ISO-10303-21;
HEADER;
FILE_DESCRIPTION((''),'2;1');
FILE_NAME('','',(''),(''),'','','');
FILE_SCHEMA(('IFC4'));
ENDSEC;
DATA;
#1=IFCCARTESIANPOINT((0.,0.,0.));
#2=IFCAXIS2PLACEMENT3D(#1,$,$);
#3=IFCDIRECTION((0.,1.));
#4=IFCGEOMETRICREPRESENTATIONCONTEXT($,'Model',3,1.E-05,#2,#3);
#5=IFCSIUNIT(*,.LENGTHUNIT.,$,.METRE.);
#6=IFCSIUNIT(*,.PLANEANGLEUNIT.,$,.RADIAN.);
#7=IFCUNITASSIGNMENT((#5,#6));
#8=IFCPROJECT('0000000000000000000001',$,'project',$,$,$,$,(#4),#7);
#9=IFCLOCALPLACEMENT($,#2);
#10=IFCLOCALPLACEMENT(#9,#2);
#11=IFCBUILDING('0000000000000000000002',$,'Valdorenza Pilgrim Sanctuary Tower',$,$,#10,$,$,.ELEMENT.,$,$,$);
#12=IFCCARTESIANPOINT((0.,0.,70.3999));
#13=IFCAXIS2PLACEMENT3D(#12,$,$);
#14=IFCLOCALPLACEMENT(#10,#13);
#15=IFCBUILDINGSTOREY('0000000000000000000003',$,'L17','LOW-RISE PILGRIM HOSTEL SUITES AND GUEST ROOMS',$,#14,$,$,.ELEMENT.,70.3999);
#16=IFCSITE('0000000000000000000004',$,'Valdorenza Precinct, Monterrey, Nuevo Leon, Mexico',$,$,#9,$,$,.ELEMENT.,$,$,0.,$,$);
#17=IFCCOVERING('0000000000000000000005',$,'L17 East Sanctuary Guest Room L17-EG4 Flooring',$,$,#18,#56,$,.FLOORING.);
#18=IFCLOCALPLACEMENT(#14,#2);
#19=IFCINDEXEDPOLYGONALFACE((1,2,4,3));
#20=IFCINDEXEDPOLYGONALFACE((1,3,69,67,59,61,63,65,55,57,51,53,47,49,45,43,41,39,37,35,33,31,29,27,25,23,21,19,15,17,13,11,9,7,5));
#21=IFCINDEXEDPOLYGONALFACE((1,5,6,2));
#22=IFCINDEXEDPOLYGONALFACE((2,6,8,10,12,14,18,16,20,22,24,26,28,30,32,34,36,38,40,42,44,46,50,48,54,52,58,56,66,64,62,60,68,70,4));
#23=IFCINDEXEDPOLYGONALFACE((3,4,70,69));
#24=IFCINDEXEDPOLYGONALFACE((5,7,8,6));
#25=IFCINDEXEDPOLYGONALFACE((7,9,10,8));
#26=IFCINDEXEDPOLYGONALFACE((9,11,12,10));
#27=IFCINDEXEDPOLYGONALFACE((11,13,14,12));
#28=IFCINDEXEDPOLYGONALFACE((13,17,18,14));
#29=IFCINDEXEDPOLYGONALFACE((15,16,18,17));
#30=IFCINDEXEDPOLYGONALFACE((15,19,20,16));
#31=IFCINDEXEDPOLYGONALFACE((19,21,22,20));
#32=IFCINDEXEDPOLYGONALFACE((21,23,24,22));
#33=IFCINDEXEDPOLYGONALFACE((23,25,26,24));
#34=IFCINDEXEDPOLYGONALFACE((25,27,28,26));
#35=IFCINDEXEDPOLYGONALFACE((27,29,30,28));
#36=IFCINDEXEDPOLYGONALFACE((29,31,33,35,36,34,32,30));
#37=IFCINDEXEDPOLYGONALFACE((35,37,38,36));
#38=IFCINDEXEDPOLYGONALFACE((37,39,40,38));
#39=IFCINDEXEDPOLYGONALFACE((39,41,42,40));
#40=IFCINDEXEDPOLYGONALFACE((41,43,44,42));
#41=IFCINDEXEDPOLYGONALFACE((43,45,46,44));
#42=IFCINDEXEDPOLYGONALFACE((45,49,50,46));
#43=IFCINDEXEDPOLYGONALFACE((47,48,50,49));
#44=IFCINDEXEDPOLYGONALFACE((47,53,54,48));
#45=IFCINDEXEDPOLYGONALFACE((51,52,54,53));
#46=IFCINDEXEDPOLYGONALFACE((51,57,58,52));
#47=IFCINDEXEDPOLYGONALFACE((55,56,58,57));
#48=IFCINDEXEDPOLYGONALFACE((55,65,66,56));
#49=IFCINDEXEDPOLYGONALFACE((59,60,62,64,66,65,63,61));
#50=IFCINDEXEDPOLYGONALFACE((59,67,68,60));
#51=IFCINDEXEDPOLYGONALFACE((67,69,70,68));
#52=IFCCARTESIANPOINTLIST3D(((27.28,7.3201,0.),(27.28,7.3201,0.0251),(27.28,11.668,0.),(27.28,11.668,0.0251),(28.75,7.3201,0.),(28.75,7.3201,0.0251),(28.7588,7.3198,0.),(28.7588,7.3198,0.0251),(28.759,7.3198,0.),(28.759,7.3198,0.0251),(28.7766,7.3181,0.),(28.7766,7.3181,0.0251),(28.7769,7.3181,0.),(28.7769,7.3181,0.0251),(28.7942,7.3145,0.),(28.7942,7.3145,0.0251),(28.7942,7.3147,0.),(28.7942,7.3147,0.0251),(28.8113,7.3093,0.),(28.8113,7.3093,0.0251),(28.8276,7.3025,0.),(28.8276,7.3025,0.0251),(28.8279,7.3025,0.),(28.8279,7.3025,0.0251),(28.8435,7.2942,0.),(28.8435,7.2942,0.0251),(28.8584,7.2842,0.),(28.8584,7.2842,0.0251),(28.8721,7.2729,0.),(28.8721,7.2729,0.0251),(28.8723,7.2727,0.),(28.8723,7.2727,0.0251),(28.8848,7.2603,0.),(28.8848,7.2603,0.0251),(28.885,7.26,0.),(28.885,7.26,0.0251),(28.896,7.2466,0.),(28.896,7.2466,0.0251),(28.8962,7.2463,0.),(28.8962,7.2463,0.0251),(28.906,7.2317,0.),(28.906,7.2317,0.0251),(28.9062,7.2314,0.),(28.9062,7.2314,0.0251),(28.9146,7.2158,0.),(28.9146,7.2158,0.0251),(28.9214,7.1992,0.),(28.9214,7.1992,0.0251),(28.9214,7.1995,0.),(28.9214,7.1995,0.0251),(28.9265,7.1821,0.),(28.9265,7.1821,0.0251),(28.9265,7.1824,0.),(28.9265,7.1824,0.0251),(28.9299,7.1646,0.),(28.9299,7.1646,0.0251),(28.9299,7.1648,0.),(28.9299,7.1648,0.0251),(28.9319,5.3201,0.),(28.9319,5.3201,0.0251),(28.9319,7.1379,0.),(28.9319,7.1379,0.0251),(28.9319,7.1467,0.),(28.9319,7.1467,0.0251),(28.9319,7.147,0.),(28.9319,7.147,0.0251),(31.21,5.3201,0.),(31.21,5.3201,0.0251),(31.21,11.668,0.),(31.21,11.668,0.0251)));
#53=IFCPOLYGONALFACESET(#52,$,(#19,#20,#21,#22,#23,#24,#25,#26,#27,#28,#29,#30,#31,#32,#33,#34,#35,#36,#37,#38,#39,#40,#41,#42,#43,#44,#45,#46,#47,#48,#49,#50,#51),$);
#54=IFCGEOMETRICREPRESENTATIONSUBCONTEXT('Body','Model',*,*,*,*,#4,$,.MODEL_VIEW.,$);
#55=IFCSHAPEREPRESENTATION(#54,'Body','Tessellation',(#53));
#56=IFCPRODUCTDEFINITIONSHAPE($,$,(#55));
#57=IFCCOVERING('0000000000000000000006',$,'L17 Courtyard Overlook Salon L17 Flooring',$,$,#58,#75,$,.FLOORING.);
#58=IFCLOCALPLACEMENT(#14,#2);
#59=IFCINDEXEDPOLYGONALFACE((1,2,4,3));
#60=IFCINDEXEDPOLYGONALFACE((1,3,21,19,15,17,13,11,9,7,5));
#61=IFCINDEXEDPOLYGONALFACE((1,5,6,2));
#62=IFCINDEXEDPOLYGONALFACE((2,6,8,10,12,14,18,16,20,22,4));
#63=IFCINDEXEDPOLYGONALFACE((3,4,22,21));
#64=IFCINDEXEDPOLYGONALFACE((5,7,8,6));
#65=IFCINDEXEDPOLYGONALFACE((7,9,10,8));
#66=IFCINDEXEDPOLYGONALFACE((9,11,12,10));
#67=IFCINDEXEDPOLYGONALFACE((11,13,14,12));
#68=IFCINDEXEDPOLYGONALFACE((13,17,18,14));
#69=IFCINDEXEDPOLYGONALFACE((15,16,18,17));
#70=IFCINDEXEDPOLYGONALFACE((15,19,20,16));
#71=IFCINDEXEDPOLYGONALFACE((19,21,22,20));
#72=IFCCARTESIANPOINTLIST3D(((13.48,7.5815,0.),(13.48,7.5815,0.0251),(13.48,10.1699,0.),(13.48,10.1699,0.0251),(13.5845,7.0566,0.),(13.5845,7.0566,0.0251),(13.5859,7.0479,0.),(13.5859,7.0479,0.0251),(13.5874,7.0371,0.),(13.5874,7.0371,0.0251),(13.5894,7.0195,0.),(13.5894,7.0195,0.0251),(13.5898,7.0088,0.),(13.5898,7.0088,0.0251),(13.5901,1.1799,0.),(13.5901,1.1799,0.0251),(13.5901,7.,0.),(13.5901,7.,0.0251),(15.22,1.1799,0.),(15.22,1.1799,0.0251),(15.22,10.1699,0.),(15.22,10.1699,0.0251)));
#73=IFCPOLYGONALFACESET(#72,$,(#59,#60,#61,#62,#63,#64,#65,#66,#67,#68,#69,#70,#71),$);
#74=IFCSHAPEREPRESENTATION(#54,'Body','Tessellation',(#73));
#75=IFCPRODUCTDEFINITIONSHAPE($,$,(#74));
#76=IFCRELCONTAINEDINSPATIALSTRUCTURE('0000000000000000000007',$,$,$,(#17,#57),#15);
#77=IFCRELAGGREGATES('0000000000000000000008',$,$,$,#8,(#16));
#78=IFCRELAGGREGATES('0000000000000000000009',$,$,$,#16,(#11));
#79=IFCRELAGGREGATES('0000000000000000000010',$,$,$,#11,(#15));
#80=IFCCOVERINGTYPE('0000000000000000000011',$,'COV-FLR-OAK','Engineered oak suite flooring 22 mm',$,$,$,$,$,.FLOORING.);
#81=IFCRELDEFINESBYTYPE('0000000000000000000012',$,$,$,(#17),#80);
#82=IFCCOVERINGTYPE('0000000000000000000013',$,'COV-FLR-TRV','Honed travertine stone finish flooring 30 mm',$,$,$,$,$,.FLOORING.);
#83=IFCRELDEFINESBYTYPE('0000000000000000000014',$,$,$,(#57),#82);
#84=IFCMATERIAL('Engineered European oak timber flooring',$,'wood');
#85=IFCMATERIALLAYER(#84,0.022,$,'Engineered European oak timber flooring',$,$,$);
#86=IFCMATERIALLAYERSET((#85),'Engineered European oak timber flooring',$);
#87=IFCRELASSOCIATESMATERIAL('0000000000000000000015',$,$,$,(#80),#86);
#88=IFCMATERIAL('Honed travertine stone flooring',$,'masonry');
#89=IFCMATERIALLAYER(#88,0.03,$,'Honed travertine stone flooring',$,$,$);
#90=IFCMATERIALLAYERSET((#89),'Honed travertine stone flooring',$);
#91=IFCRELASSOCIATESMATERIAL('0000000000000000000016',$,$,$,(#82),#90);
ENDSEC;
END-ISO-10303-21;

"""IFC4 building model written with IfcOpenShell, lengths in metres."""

from ifc_helpers import new_model, si_unit, direction, frame, origin, place, context, subcontext, project, spatial, polyline, outline, extrude, material, layer, layer_set, type_object, element, save


model = new_model("IFC4")

# Units and contexts
model_context = context("Model", 3, precision=1e-05, world=origin(), true_north=direction((0.0, 1.0)))
body_context = subcontext(model_context, "Body", "Model", "MODEL_VIEW")
ifc_project = project(units=[si_unit("LENGTHUNIT", "METRE"), si_unit("PLANEANGLEUNIT", "RADIAN")], contexts=[model_context])

# Site, building, storey
site_placement = place(None, origin())
site = spatial("IfcSite", under=ifc_project, at=site_placement, Name="Valdorenza Precinct, Monterrey, Nuevo Leon, Mexico", CompositionType="ELEMENT", RefElevation=0.0)
building_placement = place(site_placement, origin())
building = spatial("IfcBuilding", under=site, at=building_placement, Name="Valdorenza Pilgrim Sanctuary Tower", CompositionType="ELEMENT")
storey_placement = place(building_placement, frame((0.0, 0.0, 70.3999)))
storey = spatial("IfcBuildingStorey", under=building, at=storey_placement, Name="L17", Description="LOW-RISE PILGRIM HOSTEL SUITES AND GUEST ROOMS", CompositionType="ELEMENT", Elevation=70.3999)

# Coverings
ifc_material_1 = material(Name="Engineered European oak timber flooring", Category="wood")
ifc_layer_1 = layer(ifc_material_1, 0.022, Name="Engineered European oak timber flooring")
ifc_layer_set_1 = layer_set([ifc_layer_1], Name="Engineered European oak timber flooring")
covering_type_1 = type_object("IfcCoveringType", Name="COV-FLR-OAK", Description="Engineered oak suite flooring 22 mm", PredefinedType="FLOORING", material=ifc_layer_set_1)
covering_1_placement = place(storey_placement, origin())
element("IfcCovering", 1, at=covering_1_placement, inside=storey, type_object=covering_type_1, Name="L17 East Sanctuary Guest Room L17-EG4 Flooring", PredefinedType="FLOORING", context=body_context, shape_type="SweptSolid", body=[
    extrude(outline(polyline([(31.21, 5.3201), (28.9319, 5.3201), (28.9319, 7.1379), (28.9319, 7.1467), (28.9319, 7.147), (28.9299, 7.1646), (28.9299, 7.1648), (28.9265, 7.1821), (28.9265, 7.1824), (28.9214, 7.1992), (28.9214, 7.1995), (28.9146, 7.2158), (28.9146, 7.2158), (28.9062, 7.2314), (28.906, 7.2317), (28.8962, 7.2463), (28.896, 7.2466), (28.885, 7.26), (28.8848, 7.2603), (28.8723, 7.2727), (28.8721, 7.2729), (28.8584, 7.2842), (28.8584, 7.2842), (28.8435, 7.2942), (28.8435, 7.2942), (28.8279, 7.3025), (28.8276, 7.3025), (28.8113, 7.3093), (28.8113, 7.3093), (28.7942, 7.3145), (28.7942, 7.3147), (28.7769, 7.3181), (28.7766, 7.3181), (28.759, 7.3198), (28.7588, 7.3198), (28.75, 7.3201), (27.28, 7.3201), (27.28, 11.668), (31.21, 11.668), (31.21, 5.3201)])), origin(), (0.0, 0.0, 1.0), 0.0251),
])
ifc_material_2 = material(Name="Honed travertine stone flooring", Category="masonry")
ifc_layer_2 = layer(ifc_material_2, 0.03, Name="Honed travertine stone flooring")
ifc_layer_set_2 = layer_set([ifc_layer_2], Name="Honed travertine stone flooring")
covering_type_2 = type_object("IfcCoveringType", Name="COV-FLR-TRV", Description="Honed travertine stone finish flooring 30 mm", PredefinedType="FLOORING", material=ifc_layer_set_2)
covering_2_placement = place(storey_placement, origin())
element("IfcCovering", 2, at=covering_2_placement, inside=storey, type_object=covering_type_2, Name="L17 Courtyard Overlook Salon L17 Flooring", PredefinedType="FLOORING", context=body_context, shape_type="SweptSolid", body=[
    extrude(outline(polyline([(15.22, 10.1699), (15.22, 1.1799), (13.5901, 1.1799), (13.5901, 7.0), (13.5898, 7.0088), (13.5894, 7.0195), (13.5874, 7.0371), (13.5859, 7.0479), (13.5845, 7.0566), (13.48, 7.5815), (13.48, 10.1699), (15.22, 10.1699)])), origin(), (0.0, 0.0, 1.0), 0.0251),
])

save(model, "model.ifc")
